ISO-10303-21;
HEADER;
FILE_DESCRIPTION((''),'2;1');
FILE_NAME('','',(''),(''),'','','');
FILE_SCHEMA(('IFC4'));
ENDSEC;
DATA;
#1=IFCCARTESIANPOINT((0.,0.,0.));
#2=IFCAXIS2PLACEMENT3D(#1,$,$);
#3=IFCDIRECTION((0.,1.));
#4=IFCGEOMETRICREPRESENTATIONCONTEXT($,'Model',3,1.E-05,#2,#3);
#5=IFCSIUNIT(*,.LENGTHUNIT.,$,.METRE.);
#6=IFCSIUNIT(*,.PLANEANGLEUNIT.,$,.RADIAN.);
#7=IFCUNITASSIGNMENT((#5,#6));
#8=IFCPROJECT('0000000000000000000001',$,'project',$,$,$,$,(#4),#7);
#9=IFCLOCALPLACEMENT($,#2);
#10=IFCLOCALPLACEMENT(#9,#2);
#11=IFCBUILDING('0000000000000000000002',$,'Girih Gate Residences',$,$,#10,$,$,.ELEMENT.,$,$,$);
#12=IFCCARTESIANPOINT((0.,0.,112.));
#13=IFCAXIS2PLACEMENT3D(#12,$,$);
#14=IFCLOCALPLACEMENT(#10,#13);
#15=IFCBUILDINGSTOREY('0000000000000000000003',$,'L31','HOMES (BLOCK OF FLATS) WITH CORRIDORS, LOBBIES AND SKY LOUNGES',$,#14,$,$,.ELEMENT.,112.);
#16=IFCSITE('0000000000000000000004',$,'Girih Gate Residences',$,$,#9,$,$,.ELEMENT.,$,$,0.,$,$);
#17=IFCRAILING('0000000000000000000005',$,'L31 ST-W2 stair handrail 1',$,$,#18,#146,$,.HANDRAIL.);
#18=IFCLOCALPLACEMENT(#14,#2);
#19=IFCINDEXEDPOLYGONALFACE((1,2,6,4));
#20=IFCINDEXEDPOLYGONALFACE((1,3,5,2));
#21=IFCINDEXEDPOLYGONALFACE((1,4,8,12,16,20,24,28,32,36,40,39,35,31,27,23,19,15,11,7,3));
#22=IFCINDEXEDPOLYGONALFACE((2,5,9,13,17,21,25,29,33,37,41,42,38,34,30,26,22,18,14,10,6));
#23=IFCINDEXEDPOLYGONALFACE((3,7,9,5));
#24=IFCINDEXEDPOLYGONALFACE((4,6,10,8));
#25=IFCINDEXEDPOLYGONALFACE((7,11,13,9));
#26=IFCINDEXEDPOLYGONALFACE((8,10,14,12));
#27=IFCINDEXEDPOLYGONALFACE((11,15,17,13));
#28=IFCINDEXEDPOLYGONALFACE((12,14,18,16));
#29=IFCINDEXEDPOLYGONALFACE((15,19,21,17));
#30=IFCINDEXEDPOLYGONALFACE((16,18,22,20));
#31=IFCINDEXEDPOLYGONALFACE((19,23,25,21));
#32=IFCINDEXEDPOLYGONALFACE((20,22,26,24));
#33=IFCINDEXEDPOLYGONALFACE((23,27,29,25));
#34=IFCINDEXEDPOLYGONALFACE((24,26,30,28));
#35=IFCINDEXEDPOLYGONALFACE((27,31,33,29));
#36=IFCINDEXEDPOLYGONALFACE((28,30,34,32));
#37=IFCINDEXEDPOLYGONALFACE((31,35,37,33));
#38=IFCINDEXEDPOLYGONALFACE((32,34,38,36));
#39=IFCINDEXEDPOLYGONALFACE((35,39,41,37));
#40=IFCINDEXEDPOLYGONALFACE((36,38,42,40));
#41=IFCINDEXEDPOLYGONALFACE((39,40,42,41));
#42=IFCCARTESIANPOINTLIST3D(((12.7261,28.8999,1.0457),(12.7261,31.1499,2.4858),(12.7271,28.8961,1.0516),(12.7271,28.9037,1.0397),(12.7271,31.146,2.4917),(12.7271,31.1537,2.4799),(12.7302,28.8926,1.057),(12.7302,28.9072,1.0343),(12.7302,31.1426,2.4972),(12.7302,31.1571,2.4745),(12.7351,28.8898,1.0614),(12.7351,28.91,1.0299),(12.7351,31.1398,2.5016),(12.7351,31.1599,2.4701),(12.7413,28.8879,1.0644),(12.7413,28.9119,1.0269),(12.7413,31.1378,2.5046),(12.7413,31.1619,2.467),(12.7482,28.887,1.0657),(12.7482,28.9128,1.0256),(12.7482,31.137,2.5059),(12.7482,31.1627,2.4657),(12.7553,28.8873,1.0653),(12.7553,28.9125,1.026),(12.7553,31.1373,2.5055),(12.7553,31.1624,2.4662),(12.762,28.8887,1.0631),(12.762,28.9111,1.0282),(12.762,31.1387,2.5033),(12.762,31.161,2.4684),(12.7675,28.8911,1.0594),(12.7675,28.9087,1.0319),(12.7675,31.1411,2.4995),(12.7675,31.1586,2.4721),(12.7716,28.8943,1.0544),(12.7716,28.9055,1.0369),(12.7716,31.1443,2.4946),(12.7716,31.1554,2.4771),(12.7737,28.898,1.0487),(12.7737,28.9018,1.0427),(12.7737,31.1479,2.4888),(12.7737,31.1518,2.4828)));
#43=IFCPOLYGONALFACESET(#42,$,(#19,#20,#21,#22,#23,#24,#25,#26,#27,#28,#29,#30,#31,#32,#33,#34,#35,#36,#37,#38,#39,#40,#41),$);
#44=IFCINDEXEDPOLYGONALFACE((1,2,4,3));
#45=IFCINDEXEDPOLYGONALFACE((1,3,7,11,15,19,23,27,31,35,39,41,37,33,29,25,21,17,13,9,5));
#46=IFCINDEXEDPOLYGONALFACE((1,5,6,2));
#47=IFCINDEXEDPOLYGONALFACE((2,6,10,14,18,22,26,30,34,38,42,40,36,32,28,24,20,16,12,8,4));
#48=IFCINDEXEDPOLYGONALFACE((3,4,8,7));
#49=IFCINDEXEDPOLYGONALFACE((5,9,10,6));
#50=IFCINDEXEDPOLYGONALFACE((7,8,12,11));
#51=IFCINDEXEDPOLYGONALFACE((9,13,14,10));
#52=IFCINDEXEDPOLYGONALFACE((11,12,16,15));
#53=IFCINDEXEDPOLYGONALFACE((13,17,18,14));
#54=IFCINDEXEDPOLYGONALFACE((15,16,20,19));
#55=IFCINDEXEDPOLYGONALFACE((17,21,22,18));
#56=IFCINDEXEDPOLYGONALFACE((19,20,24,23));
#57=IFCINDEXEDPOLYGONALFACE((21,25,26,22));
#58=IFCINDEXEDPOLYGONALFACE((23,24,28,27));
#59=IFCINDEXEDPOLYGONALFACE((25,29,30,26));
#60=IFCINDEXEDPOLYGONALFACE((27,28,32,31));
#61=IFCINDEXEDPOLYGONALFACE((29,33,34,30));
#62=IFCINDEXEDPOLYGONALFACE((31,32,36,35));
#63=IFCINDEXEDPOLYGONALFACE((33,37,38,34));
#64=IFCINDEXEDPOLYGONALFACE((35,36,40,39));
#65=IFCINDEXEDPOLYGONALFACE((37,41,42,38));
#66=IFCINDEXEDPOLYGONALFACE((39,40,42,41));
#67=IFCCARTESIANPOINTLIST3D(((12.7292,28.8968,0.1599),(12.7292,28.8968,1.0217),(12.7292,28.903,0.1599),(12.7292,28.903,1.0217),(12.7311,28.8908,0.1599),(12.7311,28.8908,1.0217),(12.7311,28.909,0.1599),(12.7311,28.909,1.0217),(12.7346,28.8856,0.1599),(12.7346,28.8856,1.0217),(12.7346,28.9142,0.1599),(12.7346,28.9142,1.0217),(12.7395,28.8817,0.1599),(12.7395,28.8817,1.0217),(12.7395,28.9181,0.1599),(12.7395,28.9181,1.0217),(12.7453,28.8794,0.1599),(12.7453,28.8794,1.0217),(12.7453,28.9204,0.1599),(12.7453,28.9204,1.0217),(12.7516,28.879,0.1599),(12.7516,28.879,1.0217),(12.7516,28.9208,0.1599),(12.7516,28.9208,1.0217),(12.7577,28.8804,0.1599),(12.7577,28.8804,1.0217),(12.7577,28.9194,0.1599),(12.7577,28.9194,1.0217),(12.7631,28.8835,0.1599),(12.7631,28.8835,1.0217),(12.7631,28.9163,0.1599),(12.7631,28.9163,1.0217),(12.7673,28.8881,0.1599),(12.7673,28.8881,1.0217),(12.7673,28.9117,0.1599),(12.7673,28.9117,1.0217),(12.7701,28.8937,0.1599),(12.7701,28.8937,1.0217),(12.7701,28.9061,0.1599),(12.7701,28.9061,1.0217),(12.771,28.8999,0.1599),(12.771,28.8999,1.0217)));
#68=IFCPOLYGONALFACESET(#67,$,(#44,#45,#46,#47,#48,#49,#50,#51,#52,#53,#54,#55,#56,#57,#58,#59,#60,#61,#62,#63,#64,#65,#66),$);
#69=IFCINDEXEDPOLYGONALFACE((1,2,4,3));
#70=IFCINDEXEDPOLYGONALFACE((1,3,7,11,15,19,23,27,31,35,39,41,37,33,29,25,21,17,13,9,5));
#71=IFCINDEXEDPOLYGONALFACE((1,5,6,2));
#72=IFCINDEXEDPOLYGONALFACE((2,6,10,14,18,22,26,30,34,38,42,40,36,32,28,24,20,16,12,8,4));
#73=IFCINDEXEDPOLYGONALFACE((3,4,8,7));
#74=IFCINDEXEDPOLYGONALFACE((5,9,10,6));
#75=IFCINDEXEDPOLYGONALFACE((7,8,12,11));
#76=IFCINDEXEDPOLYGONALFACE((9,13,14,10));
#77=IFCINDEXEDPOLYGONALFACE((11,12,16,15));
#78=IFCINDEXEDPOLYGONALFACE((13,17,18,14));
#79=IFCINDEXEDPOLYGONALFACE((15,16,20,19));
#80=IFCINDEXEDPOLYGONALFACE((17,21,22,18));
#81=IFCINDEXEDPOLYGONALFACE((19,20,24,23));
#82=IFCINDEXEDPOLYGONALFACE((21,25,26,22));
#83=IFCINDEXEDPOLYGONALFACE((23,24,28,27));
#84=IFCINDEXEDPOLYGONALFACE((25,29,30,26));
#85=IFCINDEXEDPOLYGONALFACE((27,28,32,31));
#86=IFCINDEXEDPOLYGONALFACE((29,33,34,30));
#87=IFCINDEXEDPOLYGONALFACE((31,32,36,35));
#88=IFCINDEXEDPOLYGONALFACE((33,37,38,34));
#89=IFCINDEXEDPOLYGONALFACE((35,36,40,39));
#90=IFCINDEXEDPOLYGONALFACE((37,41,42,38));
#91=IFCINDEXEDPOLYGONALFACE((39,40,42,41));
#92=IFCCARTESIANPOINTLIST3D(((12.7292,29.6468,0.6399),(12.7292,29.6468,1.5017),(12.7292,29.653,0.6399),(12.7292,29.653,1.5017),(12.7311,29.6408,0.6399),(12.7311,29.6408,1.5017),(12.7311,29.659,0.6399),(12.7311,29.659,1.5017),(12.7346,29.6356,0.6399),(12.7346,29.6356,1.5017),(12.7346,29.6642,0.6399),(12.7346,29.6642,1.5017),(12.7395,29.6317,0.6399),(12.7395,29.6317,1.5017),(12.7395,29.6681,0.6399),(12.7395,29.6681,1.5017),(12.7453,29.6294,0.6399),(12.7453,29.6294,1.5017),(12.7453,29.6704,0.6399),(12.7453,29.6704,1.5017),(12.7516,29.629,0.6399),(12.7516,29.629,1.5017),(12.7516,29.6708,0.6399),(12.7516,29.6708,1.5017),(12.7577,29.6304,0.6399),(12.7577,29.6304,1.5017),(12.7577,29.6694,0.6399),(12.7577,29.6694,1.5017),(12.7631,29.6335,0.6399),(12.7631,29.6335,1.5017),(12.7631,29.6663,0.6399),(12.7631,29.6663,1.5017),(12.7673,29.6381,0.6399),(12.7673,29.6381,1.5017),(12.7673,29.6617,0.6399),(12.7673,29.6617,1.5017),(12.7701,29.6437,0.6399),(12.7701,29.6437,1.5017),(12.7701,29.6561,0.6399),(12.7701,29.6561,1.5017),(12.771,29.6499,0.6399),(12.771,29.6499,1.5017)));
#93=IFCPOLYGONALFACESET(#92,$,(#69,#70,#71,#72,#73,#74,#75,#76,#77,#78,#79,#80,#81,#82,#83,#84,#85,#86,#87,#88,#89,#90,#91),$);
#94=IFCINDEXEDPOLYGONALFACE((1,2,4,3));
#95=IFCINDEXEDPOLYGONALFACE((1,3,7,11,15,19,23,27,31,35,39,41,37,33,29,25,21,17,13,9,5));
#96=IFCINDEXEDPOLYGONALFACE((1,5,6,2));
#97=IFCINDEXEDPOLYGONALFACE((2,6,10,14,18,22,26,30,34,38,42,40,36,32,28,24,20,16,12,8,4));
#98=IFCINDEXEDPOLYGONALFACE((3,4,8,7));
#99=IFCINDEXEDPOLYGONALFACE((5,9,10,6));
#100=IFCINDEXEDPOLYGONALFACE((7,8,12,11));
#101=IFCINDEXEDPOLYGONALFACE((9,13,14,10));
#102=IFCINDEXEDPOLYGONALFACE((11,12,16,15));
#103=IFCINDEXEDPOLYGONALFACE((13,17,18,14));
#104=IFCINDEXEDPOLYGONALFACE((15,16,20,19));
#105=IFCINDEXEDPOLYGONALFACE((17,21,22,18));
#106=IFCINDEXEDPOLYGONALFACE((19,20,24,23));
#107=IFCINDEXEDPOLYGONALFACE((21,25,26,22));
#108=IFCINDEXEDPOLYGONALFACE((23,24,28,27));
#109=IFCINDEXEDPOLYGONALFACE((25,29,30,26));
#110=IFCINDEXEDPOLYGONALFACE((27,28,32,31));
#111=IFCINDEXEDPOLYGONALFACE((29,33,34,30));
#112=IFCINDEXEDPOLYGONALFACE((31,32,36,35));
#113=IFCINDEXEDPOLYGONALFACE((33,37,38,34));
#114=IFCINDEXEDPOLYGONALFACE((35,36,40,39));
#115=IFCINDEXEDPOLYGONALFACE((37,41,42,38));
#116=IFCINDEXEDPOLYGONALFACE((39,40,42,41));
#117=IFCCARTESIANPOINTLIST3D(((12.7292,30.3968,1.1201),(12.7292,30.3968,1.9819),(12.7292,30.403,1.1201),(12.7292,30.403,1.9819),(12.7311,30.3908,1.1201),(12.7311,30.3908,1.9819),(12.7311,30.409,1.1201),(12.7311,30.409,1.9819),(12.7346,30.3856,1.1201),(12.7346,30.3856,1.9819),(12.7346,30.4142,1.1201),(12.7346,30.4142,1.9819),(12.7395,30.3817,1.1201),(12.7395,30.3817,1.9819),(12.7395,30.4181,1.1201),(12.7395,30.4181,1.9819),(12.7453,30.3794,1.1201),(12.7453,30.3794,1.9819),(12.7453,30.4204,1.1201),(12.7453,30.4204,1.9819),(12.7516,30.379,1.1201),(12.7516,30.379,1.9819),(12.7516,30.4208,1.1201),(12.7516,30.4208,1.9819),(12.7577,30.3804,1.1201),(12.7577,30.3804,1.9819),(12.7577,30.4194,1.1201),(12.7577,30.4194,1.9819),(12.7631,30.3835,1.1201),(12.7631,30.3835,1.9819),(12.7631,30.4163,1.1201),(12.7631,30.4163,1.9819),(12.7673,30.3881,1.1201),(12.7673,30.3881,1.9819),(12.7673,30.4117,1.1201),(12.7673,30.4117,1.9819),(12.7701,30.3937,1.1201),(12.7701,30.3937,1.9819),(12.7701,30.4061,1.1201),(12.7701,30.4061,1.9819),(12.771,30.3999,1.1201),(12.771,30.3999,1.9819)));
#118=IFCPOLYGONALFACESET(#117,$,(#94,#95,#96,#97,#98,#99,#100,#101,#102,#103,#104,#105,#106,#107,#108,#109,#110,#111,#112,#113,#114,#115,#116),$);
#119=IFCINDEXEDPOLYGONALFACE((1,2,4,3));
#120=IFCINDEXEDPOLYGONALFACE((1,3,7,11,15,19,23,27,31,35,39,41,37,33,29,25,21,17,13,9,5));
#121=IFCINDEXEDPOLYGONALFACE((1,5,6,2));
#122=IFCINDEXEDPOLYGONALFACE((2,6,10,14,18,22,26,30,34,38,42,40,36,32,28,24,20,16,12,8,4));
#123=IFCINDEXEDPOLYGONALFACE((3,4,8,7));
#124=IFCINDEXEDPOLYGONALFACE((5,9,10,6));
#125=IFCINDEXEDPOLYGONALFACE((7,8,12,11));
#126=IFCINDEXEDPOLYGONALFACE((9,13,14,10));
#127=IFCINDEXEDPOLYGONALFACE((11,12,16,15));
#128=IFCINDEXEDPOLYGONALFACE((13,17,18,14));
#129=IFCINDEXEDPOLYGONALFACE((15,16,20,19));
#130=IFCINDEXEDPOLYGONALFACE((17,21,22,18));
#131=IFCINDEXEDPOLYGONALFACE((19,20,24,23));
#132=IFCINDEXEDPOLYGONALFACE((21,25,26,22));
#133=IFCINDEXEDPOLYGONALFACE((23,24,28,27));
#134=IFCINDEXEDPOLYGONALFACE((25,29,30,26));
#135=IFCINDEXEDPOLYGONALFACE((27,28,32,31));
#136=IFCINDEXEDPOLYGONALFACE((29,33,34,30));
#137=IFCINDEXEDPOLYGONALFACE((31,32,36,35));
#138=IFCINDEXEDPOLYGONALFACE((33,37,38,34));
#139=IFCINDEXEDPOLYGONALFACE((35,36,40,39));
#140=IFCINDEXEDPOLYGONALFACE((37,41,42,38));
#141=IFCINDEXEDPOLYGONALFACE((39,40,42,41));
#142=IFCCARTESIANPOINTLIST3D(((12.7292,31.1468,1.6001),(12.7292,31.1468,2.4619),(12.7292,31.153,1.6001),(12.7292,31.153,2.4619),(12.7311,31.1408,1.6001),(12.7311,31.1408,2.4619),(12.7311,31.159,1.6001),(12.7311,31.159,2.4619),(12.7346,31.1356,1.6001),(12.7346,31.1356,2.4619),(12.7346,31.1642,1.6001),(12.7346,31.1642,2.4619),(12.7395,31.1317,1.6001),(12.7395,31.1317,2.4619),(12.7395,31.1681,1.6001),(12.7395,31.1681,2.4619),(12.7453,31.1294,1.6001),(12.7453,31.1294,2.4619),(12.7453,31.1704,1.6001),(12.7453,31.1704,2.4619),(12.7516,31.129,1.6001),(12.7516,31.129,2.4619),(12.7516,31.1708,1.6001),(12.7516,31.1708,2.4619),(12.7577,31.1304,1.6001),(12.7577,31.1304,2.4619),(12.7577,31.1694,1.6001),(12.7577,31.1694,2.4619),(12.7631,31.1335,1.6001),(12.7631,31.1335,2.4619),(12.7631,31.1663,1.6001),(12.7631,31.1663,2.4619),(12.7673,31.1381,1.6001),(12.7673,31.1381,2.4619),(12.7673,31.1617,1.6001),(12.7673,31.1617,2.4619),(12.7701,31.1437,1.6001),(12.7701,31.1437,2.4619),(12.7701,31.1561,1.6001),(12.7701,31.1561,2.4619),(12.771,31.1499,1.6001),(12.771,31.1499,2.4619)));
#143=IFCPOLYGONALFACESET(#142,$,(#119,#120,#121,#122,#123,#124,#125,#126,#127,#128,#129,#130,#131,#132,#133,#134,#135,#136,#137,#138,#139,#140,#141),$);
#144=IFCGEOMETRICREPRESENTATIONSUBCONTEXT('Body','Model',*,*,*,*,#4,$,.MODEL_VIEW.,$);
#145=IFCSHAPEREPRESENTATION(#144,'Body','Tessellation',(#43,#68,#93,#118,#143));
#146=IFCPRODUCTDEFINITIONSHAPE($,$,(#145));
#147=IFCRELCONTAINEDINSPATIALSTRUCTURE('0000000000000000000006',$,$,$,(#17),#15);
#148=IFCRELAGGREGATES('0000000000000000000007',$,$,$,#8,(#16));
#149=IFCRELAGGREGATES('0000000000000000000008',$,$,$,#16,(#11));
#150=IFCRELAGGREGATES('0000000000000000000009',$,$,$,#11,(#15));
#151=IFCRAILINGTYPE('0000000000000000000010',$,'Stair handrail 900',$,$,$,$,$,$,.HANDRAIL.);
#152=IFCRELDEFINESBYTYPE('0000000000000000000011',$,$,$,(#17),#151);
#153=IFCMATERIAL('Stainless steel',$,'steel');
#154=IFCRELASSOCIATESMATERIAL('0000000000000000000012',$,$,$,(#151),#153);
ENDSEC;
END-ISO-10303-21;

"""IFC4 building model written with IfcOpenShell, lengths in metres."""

from ifc_helpers import new_model, si_unit, direction, frame, origin, origin_2d, place, context, subcontext, project, spatial, circle, extrude, material, type_object, element, save


model = new_model("IFC4")

# Units and contexts
model_context = context("Model", 3, precision=1e-05, world=origin(), true_north=direction((0.0, 1.0)))
body_context = subcontext(model_context, "Body", "Model", "MODEL_VIEW")
ifc_project = project(units=[si_unit("LENGTHUNIT", "METRE"), si_unit("PLANEANGLEUNIT", "RADIAN")], contexts=[model_context])

# Site, building, storey
site_placement = place(None, origin())
site = spatial("IfcSite", under=ifc_project, at=site_placement, Name="Girih Gate Residences", CompositionType="ELEMENT", RefElevation=0.0)
building_placement = place(site_placement, origin())
building = spatial("IfcBuilding", under=site, at=building_placement, Name="Girih Gate Residences", CompositionType="ELEMENT")
storey_placement = place(building_placement, frame((0.0, 0.0, 112.0)))
storey = spatial("IfcBuildingStorey", under=building, at=storey_placement, Name="L31", Description="HOMES (BLOCK OF FLATS) WITH CORRIDORS, LOBBIES AND SKY LOUNGES", CompositionType="ELEMENT", Elevation=112.0)

# Railing
ifc_material_1 = material(Name="Stainless steel", Category="steel")
railing_type_1 = type_object("IfcRailingType", Name="Stair handrail 900", PredefinedType="HANDRAIL", material=ifc_material_1)
railing_1_placement = place(storey_placement, frame((12.75, 28.8999, 0.1599)))
element("IfcRailing", 1, at=railing_1_placement, inside=storey, type_object=railing_type_1, Name="L31 ST-W2 stair handrail 1", PredefinedType="HANDRAIL", context=body_context, shape_type="SweptSolid", body=[
    extrude(circle(Radius=0.0239, at=origin_2d()), frame((0.0, 0.0, 0.8857), z_axis=(0.0, 0.84224, 0.539103), x_axis=(-1.0, 0.0, 0.0)), (0.0, 0.0, 1.0), 2.6714),
    extrude(circle(Radius=0.021, at=origin_2d()), origin(), (0.0, 0.0, 1.0), 0.8618),
    extrude(circle(Radius=0.021, at=origin_2d()), frame((0.0, 0.75, 0.48)), (0.0, 0.0, 1.0), 0.8618),
    extrude(circle(Radius=0.021, at=origin_2d()), frame((0.0, 1.5, 0.9602)), (0.0, 0.0, 1.0), 0.8618),
    extrude(circle(Radius=0.021, at=origin_2d()), frame((0.0, 2.25, 1.4402)), (0.0, 0.0, 1.0), 0.8618),
])

save(model, "model.ifc")
